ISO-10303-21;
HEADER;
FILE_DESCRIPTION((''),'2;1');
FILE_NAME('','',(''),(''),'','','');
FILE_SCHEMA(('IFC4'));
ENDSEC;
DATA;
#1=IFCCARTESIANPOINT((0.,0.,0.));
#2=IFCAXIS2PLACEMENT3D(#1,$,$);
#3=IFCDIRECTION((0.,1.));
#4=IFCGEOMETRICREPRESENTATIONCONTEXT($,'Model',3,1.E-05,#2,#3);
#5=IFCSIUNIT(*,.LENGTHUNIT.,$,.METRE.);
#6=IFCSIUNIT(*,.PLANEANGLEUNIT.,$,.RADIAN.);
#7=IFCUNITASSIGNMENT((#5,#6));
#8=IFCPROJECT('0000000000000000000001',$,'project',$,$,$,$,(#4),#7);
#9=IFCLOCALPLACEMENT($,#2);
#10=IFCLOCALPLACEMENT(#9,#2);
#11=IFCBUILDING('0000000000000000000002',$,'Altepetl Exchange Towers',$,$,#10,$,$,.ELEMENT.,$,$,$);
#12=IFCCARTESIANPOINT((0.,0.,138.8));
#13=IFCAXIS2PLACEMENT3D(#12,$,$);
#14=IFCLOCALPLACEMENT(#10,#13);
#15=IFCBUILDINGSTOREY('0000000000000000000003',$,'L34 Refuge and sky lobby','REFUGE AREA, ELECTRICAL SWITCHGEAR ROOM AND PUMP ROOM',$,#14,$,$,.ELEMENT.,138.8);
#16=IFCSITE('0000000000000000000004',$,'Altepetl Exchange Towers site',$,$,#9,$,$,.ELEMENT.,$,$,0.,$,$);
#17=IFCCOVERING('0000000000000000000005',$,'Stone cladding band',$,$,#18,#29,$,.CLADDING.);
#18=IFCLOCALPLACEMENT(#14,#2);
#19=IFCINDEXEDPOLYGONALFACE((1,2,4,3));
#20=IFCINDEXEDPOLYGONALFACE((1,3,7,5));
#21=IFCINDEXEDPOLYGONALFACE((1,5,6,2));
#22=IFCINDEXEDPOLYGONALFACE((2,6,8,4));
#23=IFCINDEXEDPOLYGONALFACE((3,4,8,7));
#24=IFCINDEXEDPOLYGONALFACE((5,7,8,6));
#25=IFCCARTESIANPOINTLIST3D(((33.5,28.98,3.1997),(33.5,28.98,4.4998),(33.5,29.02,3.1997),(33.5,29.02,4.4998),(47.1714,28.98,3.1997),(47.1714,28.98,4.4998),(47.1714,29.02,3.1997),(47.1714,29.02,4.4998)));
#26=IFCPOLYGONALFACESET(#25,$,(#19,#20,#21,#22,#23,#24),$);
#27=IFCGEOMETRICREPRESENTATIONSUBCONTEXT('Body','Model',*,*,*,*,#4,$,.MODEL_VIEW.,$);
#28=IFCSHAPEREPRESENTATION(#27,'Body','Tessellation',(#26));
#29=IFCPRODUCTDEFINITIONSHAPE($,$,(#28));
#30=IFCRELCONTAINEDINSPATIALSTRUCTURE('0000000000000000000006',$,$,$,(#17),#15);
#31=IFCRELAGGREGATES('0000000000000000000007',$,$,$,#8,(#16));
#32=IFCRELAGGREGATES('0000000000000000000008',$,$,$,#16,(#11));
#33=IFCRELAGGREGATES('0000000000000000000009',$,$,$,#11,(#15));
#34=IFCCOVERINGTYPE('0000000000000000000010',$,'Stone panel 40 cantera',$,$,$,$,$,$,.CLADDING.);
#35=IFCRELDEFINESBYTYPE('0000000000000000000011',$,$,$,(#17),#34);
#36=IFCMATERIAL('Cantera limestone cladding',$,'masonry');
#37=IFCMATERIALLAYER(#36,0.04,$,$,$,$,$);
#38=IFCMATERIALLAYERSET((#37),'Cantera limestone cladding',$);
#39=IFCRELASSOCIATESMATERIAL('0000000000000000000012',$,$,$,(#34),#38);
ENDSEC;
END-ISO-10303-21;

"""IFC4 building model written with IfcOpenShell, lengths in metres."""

from ifc_helpers import new_model, si_unit, direction, frame, origin, origin_2d, place, context, subcontext, project, spatial, rectangle, extrude, material, layer, layer_set, type_object, element, save


model = new_model("IFC4")

# Units and contexts
model_context = context("Model", 3, precision=1e-05, world=origin(), true_north=direction((0.0, 1.0)))
body_context = subcontext(model_context, "Body", "Model", "MODEL_VIEW")
ifc_project = project(units=[si_unit("LENGTHUNIT", "METRE"), si_unit("PLANEANGLEUNIT", "RADIAN")], contexts=[model_context])

# Site, building, storey
site_placement = place(None, origin())
site = spatial("IfcSite", under=ifc_project, at=site_placement, Name="Altepetl Exchange Towers site", CompositionType="ELEMENT", RefElevation=0.0)
building_placement = place(site_placement, origin())
building = spatial("IfcBuilding", under=site, at=building_placement, Name="Altepetl Exchange Towers", CompositionType="ELEMENT")
storey_placement = place(building_placement, frame((0.0, 0.0, 138.8)))
storey = spatial("IfcBuildingStorey", under=building, at=storey_placement, Name="L34 Refuge and sky lobby", Description="REFUGE AREA, ELECTRICAL SWITCHGEAR ROOM AND PUMP ROOM", CompositionType="ELEMENT", Elevation=138.8)

# Shared definitions
ifc_material_1 = material(Name="Cantera limestone cladding", Category="masonry")

# Covering
ifc_layer_1 = layer(ifc_material_1, 0.04)
ifc_layer_set_1 = layer_set([ifc_layer_1], Name="Cantera limestone cladding")
covering_type = type_object("IfcCoveringType", Name="Stone panel 40 cantera", PredefinedType="CLADDING", material=ifc_layer_set_1)
covering_placement = place(storey_placement, frame((40.3357, 29.0, 3.1997)))
element("IfcCovering", 1, at=covering_placement, inside=storey, type_object=covering_type, Name="Stone cladding band", PredefinedType="CLADDING", context=body_context, shape_type="SweptSolid", body=[
    extrude(rectangle(XDim=13.6714, YDim=0.04, at=origin_2d()), origin(), (0.0, 0.0, 1.0), 1.3),
])

save(model, "model.ifc")
